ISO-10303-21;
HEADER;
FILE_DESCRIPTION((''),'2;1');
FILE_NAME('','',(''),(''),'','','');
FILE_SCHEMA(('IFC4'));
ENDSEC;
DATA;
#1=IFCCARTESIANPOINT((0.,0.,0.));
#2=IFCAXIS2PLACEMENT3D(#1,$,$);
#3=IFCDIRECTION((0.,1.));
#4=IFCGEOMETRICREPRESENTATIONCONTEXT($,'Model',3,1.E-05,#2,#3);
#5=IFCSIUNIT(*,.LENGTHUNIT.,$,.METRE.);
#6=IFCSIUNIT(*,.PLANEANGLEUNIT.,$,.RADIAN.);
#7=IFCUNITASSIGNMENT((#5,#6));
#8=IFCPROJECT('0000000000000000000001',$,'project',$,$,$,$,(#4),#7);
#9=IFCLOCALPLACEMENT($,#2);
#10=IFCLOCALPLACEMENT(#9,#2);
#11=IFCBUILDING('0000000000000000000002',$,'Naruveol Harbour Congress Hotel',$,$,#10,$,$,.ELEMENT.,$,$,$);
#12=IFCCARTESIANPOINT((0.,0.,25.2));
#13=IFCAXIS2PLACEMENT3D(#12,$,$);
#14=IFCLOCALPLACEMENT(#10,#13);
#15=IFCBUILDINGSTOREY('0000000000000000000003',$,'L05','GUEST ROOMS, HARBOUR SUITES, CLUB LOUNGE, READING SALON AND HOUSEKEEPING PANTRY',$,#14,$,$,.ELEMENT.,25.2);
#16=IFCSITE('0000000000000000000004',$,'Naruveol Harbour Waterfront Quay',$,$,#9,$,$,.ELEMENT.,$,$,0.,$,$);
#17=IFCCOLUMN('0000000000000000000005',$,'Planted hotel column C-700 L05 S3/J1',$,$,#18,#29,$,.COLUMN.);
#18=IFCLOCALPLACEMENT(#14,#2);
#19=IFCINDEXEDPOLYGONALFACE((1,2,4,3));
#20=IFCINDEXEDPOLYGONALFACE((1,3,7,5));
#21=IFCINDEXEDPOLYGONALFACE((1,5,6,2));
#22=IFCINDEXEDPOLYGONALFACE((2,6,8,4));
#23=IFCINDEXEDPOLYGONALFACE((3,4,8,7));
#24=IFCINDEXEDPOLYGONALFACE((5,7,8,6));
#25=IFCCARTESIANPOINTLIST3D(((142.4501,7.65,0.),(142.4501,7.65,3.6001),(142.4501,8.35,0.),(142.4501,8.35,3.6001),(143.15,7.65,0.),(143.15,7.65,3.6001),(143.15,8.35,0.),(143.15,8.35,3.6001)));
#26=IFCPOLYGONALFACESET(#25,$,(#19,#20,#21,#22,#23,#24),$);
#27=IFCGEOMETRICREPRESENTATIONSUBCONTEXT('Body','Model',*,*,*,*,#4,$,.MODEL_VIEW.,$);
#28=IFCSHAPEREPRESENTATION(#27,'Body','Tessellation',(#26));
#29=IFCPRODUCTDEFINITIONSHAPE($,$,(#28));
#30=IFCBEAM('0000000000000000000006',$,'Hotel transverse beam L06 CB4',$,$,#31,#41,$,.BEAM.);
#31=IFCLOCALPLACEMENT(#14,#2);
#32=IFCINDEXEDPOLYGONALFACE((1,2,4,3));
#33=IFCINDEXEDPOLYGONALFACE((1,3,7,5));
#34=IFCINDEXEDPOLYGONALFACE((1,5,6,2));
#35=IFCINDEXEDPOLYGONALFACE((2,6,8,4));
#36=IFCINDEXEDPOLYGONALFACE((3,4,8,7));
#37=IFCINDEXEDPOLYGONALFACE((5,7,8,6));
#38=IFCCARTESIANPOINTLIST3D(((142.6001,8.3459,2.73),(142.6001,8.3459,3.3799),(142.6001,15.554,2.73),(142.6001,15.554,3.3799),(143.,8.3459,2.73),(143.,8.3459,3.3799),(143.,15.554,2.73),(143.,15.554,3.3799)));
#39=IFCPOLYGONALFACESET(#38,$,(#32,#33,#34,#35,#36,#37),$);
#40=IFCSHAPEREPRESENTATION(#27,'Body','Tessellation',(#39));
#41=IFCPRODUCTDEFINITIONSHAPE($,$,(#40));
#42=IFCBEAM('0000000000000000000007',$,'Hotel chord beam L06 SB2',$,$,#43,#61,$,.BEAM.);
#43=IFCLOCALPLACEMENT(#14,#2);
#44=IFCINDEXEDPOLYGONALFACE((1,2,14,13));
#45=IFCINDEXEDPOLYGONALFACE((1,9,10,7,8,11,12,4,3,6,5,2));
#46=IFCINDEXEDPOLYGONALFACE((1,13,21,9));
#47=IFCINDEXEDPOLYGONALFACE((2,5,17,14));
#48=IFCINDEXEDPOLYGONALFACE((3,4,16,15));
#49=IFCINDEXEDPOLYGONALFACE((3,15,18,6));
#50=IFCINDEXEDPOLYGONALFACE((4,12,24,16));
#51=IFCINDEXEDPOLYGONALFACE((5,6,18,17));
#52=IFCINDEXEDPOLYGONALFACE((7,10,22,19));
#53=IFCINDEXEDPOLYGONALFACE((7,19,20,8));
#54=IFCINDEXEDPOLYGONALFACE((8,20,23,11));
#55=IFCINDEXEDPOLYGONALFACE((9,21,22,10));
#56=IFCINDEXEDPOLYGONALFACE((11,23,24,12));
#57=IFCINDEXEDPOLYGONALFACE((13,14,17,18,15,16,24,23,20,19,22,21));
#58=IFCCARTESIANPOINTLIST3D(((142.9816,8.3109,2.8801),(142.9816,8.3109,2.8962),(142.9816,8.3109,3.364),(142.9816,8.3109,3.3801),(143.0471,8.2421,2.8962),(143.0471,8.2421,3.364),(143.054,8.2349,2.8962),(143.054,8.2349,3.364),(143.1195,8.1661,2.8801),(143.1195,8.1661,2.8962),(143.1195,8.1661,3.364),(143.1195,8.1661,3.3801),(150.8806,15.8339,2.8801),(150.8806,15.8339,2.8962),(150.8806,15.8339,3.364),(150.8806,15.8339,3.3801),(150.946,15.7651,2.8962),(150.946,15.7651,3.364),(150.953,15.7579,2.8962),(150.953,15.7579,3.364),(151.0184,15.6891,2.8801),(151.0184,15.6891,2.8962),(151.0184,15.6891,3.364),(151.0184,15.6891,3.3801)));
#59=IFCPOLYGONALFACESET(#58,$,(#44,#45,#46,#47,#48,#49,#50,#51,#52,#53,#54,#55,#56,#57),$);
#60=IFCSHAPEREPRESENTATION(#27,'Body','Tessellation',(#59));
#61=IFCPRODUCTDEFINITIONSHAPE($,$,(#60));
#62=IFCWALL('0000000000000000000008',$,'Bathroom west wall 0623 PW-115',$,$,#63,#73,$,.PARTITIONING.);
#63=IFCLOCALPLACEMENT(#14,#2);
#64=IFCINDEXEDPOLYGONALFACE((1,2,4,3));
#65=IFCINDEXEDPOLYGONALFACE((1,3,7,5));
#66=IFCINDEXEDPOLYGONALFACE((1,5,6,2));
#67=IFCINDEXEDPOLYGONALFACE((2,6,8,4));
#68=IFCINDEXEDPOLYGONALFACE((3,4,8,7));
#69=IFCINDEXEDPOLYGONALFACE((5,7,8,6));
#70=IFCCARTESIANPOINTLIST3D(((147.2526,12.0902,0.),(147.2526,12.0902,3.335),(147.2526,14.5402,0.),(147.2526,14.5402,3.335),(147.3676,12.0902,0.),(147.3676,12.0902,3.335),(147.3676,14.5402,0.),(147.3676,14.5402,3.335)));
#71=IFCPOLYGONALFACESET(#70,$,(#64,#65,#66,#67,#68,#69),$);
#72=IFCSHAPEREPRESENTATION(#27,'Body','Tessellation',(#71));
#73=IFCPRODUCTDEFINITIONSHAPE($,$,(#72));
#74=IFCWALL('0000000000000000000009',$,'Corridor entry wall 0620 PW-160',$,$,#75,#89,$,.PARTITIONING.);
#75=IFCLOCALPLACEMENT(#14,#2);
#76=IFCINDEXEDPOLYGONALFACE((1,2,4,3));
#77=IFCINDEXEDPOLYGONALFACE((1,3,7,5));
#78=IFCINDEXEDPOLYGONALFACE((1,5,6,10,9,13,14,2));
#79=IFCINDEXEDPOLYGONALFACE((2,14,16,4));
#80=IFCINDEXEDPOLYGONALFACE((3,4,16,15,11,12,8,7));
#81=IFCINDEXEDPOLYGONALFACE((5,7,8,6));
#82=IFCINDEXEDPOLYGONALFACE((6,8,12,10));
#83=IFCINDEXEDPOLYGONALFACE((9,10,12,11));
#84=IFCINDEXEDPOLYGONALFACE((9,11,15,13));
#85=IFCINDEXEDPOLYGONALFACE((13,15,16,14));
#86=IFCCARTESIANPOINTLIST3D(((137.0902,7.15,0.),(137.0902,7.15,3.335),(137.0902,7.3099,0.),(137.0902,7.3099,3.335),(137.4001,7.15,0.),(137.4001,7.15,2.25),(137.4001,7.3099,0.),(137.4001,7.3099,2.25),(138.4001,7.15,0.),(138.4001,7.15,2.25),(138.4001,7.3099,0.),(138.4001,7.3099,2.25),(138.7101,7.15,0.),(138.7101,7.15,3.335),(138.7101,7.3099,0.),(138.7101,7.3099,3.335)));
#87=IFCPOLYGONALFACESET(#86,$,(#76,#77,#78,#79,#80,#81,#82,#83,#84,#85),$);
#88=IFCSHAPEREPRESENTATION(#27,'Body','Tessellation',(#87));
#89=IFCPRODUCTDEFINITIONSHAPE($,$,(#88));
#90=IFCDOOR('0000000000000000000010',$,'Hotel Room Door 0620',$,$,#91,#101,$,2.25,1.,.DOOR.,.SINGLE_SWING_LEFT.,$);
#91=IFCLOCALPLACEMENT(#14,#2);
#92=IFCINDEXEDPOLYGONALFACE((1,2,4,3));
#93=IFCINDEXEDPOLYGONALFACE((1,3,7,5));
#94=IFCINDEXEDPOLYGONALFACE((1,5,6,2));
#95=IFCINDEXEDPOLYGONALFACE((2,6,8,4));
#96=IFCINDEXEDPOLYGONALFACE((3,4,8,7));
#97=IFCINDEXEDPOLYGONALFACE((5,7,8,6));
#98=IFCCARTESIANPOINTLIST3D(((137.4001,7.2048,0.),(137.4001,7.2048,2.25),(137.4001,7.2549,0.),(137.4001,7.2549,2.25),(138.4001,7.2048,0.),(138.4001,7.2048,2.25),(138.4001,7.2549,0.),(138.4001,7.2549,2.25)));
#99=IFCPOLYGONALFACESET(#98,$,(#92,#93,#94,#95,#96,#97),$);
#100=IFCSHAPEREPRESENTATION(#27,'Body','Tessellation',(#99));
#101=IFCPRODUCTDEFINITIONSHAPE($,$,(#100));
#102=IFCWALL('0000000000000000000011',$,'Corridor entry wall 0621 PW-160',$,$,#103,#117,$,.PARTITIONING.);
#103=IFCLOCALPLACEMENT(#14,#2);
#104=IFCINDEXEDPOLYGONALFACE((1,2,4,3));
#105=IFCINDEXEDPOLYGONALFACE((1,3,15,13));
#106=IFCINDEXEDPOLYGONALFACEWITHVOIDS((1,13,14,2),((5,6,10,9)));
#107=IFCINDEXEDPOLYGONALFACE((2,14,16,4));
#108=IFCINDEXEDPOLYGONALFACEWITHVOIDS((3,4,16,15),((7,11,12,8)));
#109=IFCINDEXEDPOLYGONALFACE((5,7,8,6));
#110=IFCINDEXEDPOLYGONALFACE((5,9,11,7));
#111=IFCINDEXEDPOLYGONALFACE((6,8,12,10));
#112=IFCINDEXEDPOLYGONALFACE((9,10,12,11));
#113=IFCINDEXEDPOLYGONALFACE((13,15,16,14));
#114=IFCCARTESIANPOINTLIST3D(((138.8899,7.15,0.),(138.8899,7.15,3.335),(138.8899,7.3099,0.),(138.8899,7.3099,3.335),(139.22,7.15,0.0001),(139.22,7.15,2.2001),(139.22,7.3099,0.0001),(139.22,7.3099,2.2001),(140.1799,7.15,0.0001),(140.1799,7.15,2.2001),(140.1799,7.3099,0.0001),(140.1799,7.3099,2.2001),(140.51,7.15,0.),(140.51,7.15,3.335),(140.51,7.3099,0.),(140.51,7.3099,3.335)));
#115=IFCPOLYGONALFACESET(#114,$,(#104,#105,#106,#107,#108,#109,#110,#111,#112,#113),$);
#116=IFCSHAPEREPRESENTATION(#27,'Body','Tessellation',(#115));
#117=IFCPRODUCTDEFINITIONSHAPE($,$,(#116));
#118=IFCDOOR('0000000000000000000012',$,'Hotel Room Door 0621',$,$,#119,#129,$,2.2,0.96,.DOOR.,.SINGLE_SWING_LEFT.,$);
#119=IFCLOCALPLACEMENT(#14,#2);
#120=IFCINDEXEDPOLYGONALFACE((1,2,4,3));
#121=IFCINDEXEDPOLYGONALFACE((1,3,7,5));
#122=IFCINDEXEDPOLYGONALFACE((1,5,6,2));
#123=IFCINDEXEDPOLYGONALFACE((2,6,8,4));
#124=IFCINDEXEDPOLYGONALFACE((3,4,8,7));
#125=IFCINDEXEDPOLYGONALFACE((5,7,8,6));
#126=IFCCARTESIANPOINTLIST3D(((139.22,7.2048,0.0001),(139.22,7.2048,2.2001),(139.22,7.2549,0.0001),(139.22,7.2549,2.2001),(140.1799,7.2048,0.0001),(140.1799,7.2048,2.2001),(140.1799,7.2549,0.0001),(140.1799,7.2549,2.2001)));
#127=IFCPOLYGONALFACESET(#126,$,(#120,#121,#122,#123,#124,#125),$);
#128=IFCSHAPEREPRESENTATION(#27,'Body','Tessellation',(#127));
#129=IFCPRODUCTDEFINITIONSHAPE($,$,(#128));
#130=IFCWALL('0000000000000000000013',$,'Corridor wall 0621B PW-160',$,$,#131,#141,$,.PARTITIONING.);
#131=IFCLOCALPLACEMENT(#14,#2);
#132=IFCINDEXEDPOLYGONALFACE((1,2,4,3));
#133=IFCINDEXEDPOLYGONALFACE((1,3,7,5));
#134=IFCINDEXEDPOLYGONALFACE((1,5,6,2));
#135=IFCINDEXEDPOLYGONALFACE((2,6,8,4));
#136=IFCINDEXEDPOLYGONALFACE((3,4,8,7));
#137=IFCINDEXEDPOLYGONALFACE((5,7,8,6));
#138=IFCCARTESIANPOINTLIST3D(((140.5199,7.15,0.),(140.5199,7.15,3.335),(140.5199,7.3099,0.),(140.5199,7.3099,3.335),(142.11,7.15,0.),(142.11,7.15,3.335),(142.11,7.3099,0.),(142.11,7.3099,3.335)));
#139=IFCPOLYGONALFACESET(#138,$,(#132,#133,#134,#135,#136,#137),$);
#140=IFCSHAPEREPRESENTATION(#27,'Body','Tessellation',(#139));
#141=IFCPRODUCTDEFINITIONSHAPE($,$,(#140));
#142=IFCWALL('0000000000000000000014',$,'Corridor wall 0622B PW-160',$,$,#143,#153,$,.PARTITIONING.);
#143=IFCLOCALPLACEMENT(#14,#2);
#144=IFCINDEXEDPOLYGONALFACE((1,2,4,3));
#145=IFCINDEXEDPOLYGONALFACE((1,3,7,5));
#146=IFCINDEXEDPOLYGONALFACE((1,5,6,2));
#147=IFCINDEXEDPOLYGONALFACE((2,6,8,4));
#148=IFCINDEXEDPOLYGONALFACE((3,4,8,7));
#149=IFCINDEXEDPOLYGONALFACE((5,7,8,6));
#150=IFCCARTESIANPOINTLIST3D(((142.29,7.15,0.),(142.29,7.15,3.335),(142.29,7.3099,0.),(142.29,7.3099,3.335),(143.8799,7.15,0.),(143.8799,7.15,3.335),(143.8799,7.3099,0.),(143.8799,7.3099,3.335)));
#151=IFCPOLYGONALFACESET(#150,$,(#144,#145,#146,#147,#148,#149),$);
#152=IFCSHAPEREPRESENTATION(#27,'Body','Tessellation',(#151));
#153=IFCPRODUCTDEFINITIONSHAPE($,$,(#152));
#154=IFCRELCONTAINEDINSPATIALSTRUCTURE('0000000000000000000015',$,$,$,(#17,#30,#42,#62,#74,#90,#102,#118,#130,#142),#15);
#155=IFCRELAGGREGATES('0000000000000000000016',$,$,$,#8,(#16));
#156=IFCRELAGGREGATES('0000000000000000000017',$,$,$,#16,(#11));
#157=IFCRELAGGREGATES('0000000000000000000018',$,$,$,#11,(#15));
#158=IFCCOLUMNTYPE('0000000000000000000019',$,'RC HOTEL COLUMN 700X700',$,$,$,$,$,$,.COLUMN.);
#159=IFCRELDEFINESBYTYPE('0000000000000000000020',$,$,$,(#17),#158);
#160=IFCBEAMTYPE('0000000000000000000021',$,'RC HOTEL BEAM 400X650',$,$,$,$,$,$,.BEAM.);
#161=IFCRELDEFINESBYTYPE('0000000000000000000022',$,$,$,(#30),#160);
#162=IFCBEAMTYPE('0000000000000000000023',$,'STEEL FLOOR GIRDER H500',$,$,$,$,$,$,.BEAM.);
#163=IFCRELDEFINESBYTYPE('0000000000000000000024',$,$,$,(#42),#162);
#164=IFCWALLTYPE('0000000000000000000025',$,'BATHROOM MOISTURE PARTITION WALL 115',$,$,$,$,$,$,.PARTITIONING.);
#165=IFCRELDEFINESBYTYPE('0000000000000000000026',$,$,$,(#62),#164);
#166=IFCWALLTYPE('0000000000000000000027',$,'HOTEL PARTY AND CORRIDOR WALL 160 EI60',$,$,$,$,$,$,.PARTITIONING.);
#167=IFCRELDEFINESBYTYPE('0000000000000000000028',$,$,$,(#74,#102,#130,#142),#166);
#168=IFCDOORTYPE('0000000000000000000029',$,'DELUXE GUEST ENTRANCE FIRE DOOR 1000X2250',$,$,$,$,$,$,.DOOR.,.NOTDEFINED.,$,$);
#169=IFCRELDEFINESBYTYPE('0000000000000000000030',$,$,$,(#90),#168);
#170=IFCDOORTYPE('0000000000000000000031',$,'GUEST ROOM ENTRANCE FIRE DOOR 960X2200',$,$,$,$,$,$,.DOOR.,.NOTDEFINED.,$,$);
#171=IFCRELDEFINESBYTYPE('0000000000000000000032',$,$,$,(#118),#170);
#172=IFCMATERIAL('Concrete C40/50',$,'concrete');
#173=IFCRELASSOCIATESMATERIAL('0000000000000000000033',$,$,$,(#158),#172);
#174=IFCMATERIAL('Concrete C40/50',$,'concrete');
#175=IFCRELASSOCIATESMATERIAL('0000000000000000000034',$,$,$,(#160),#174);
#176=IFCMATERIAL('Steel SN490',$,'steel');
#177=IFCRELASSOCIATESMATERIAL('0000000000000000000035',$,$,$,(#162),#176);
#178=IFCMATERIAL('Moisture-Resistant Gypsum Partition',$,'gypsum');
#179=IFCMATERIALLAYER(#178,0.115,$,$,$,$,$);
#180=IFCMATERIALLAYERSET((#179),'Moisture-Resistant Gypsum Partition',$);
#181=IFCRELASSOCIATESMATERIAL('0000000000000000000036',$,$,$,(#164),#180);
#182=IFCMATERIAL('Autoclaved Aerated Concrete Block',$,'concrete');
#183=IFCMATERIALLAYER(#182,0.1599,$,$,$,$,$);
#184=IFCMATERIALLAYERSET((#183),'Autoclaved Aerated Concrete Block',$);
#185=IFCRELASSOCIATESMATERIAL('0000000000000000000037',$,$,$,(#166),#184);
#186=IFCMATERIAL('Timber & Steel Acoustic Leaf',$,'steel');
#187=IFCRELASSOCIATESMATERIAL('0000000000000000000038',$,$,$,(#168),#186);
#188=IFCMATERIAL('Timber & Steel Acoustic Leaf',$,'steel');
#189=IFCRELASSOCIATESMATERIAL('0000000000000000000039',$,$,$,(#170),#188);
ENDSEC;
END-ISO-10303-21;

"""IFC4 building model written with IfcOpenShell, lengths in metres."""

from ifc_helpers import new_model, si_unit, direction, frame, frame_2d, origin, origin_2d, place, context, subcontext, project, spatial, rectangle, i_section, extrude, material, layer, layer_set, material_profile, profile_set, type_object, element, fill, save


model = new_model("IFC4")

# Units and contexts
model_context = context("Model", 3, precision=1e-05, world=origin(), true_north=direction((0.0, 1.0)))
body_context = subcontext(model_context, "Body", "Model", "MODEL_VIEW")
ifc_project = project(units=[si_unit("LENGTHUNIT", "METRE"), si_unit("PLANEANGLEUNIT", "RADIAN")], contexts=[model_context])

# Site, building, storey
site_placement = place(None, origin())
site = spatial("IfcSite", under=ifc_project, at=site_placement, Name="Naruveol Harbour Waterfront Quay", CompositionType="ELEMENT", RefElevation=0.0)
building_placement = place(site_placement, origin())
building = spatial("IfcBuilding", under=site, at=building_placement, Name="Naruveol Harbour Congress Hotel", CompositionType="ELEMENT")
storey_placement = place(building_placement, frame((0.0, 0.0, 25.2)))
storey = spatial("IfcBuildingStorey", under=building, at=storey_placement, Name="L05", Description="GUEST ROOMS, HARBOUR SUITES, CLUB LOUNGE, READING SALON AND HOUSEKEEPING PANTRY", CompositionType="ELEMENT", Elevation=25.2)

# Column
ifc_material_1 = material(Name="Concrete C40/50", Category="concrete")
ifc_material_profile_1 = material_profile(ifc_material_1, rectangle(XDim=0.7, YDim=0.7, at=origin_2d()), Name="RC-700x700")
ifc_profile_set_1 = profile_set([ifc_material_profile_1], Name="Concrete C40/50")
column_type = type_object("IfcColumnType", Name="RC HOTEL COLUMN 700X700", PredefinedType="COLUMN", material=ifc_profile_set_1)
column_placement = place(storey_placement, frame((142.8, 8.0, 0.0), z_axis=(0.0, 0.0, 1.0), x_axis=(1.0, 0.0, 0.0)))
element("IfcColumn", 1, at=column_placement, inside=storey, type_object=column_type, Name="Planted hotel column C-700 L05 S3/J1", PredefinedType="COLUMN", context=body_context, shape_type="SweptSolid", body=[
    extrude(rectangle(XDim=0.7, YDim=0.7, at=origin_2d()), origin(), (0.0, 0.0, 1.0), 3.6001),
])

# Beams
ifc_material_2 = material(Name="Concrete C40/50", Category="concrete")
ifc_material_profile_2 = material_profile(ifc_material_2, rectangle(XDim=0.3999, YDim=0.6499, at=origin_2d()), Name="RCB-400x650")
ifc_profile_set_2 = profile_set([ifc_material_profile_2], Name="Concrete C40/50")
beam_type_1 = type_object("IfcBeamType", Name="RC HOTEL BEAM 400X650", PredefinedType="BEAM", material=ifc_profile_set_2)
beam_1_placement = place(storey_placement, frame((142.8, 8.3459, 3.0549), z_axis=(0.0, 1.0, 0.0), x_axis=(-1.0, 0.0, 0.0)))
element("IfcBeam", 2, at=beam_1_placement, inside=storey, type_object=beam_type_1, Name="Hotel transverse beam L06 CB4", PredefinedType="BEAM", context=body_context, shape_type="SweptSolid", body=[
    extrude(rectangle(XDim=0.3999, YDim=0.6499, at=origin_2d()), origin(), (0.0, 0.0, 1.0), 7.208),
])
ifc_material_3 = material(Name="Steel SN490", Category="steel")
ifc_material_profile_3 = material_profile(ifc_material_3, i_section(OverallWidth=0.2, OverallDepth=0.5, WebThickness=0.01, FlangeThickness=0.0161, at=origin_2d()), Name="H-500x200x10x16")
ifc_profile_set_3 = profile_set([ifc_material_profile_3], Name="Steel SN490")
beam_type_2 = type_object("IfcBeamType", Name="STEEL FLOOR GIRDER H500", PredefinedType="BEAM", material=ifc_profile_set_3)
beam_2_placement = place(storey_placement, frame((143.0505, 8.2385, 3.1301), z_axis=(0.72413, 0.689663, 0.0), x_axis=(-0.689663, 0.72413, 0.0)))
element("IfcBeam", 3, at=beam_2_placement, inside=storey, type_object=beam_type_2, Name="Hotel chord beam L06 SB2", PredefinedType="BEAM", context=body_context, shape_type="SweptSolid", body=[
    extrude(i_section(OverallWidth=0.2, OverallDepth=0.5, WebThickness=0.01, FlangeThickness=0.0161, at=origin_2d()), origin(), (0.0, 0.0, 1.0), 10.9082),
])

# Wall
ifc_material_4 = material(Name="Moisture-Resistant Gypsum Partition", Category="gypsum")
ifc_layer_1 = layer(ifc_material_4, 0.115)
ifc_layer_set_1 = layer_set([ifc_layer_1], Name="Moisture-Resistant Gypsum Partition")
wall_type_1 = type_object("IfcWallType", Name="BATHROOM MOISTURE PARTITION WALL 115", PredefinedType="PARTITIONING", material=ifc_layer_set_1)
wall_1_placement = place(storey_placement, frame((147.3101, 12.0901, 0.0), z_axis=(0.0, 0.0, 1.0), x_axis=(0.0, 1.0, 0.0)))
element("IfcWall", 4, at=wall_1_placement, inside=storey, type_object=wall_type_1, Name="Bathroom west wall 0623 PW-115", PredefinedType="PARTITIONING", context=body_context, shape_type="SweptSolid", body=[
    extrude(rectangle(XDim=2.45, YDim=0.115, at=frame_2d((1.2251, 0.0))), origin(), (0.0, 0.0, 1.0), 3.335),
])

# Walls, openings, doors
ifc_material_5 = material(Name="Autoclaved Aerated Concrete Block", Category="concrete")
ifc_layer_2 = layer(ifc_material_5, 0.1599)
ifc_layer_set_2 = layer_set([ifc_layer_2], Name="Autoclaved Aerated Concrete Block")
wall_type_2 = type_object("IfcWallType", Name="HOTEL PARTY AND CORRIDOR WALL 160 EI60", PredefinedType="PARTITIONING", material=ifc_layer_set_2)
wall_2_placement = place(storey_placement, frame((137.0901, 7.23, 0.0), z_axis=(0.0, 0.0, 1.0), x_axis=(1.0, 0.0, 0.0)))
wall_2 = element("IfcWall", 5, at=wall_2_placement, inside=storey, type_object=wall_type_2, Name="Corridor entry wall 0620 PW-160", PredefinedType="PARTITIONING", context=body_context, shape_type="SweptSolid", body=[
    extrude(rectangle(XDim=1.6199, YDim=0.1599, at=frame_2d((0.8101, 0.0))), origin(), (0.0, 0.0, 1.0), 3.335),
])
opening_1_placement = place(wall_2_placement, frame((0.3101, 0.0, 0.0)))
opening_1 = element("IfcOpeningElement", 6, at=opening_1_placement, cuts=wall_2, PredefinedType="OPENING", context=body_context, shape_type="SweptSolid", body=[
    extrude(rectangle(XDim=1.0, YDim=2.25, at=frame_2d((0.5, 1.125))), frame((0.0, 0.0898, 0.0), z_axis=(0.0, -1.0, 0.0), x_axis=(1.0, 0.0, 0.0)), (0.0, 0.0, 1.0), 0.1799),
])
ifc_material_6 = material(Name="Timber & Steel Acoustic Leaf", Category="steel")
door_type_1 = type_object("IfcDoorType", Name="DELUXE GUEST ENTRANCE FIRE DOOR 1000X2250", OperationType="NOTDEFINED", PredefinedType="DOOR", material=ifc_material_6)
door_1_placement = place(opening_1_placement, origin())
door_1 = element("IfcDoor", 7, at=door_1_placement, inside=storey, type_object=door_type_1, Name="Hotel Room Door 0620", OperationType="SINGLE_SWING_LEFT", OverallHeight=2.25, OverallWidth=1.0, PredefinedType="DOOR", context=body_context, shape_type="SweptSolid", body=[
    extrude(rectangle(XDim=1.0, YDim=2.25, at=frame_2d((0.5, 1.125))), frame((0.0, 0.0249, 0.0), z_axis=(0.0, -1.0, 0.0), x_axis=(1.0, 0.0, 0.0)), (0.0, 0.0, 1.0), 0.05),
])
fill(opening_1, door_1)
wall_3_placement = place(storey_placement, frame((138.8899, 7.23, 0.0), z_axis=(0.0, 0.0, 1.0), x_axis=(1.0, 0.0, 0.0)))
wall_3 = element("IfcWall", 8, at=wall_3_placement, inside=storey, type_object=wall_type_2, Name="Corridor entry wall 0621 PW-160", PredefinedType="PARTITIONING", context=body_context, shape_type="SweptSolid", body=[
    extrude(rectangle(XDim=1.6201, YDim=0.1599, at=frame_2d((0.8101, 0.0))), origin(), (0.0, 0.0, 1.0), 3.335),
])
opening_2_placement = place(wall_3_placement, frame((0.3301, 0.0, 0.0)))
opening_2 = element("IfcOpeningElement", 9, at=opening_2_placement, cuts=wall_3, PredefinedType="OPENING", context=body_context, shape_type="SweptSolid", body=[
    extrude(rectangle(XDim=0.96, YDim=2.2, at=frame_2d((0.48, 1.1001))), frame((0.0, 0.0898, 0.0), z_axis=(0.0, -1.0, 0.0), x_axis=(1.0, 0.0, 0.0)), (0.0, 0.0, 1.0), 0.1799),
])
ifc_material_7 = material(Name="Timber & Steel Acoustic Leaf", Category="steel")
door_type_2 = type_object("IfcDoorType", Name="GUEST ROOM ENTRANCE FIRE DOOR 960X2200", OperationType="NOTDEFINED", PredefinedType="DOOR", material=ifc_material_7)
door_2_placement = place(opening_2_placement, origin())
door_2 = element("IfcDoor", 10, at=door_2_placement, inside=storey, type_object=door_type_2, Name="Hotel Room Door 0621", OperationType="SINGLE_SWING_LEFT", OverallHeight=2.2, OverallWidth=0.96, PredefinedType="DOOR", context=body_context, shape_type="SweptSolid", body=[
    extrude(rectangle(XDim=0.96, YDim=2.2, at=frame_2d((0.48, 1.1001))), frame((0.0, 0.0249, 0.0), z_axis=(0.0, -1.0, 0.0), x_axis=(1.0, 0.0, 0.0)), (0.0, 0.0, 1.0), 0.05),
])
fill(opening_2, door_2)

# Walls
wall_4_placement = place(storey_placement, frame((140.52, 7.23, 0.0), z_axis=(0.0, 0.0, 1.0), x_axis=(1.0, 0.0, 0.0)))
element("IfcWall", 11, at=wall_4_placement, inside=storey, type_object=wall_type_2, Name="Corridor wall 0621B PW-160", PredefinedType="PARTITIONING", context=body_context, shape_type="SweptSolid", body=[
    extrude(rectangle(XDim=1.5901, YDim=0.1599, at=frame_2d((0.7949, 0.0))), origin(), (0.0, 0.0, 1.0), 3.335),
])
wall_5_placement = place(storey_placement, frame((142.29, 7.23, 0.0), z_axis=(0.0, 0.0, 1.0), x_axis=(1.0, 0.0, 0.0)))
element("IfcWall", 12, at=wall_5_placement, inside=storey, type_object=wall_type_2, Name="Corridor wall 0622B PW-160", PredefinedType="PARTITIONING", context=body_context, shape_type="SweptSolid", body=[
    extrude(rectangle(XDim=1.5898, YDim=0.1599, at=frame_2d((0.7949, 0.0))), origin(), (0.0, 0.0, 1.0), 3.335),
])

save(model, "model.ifc")
